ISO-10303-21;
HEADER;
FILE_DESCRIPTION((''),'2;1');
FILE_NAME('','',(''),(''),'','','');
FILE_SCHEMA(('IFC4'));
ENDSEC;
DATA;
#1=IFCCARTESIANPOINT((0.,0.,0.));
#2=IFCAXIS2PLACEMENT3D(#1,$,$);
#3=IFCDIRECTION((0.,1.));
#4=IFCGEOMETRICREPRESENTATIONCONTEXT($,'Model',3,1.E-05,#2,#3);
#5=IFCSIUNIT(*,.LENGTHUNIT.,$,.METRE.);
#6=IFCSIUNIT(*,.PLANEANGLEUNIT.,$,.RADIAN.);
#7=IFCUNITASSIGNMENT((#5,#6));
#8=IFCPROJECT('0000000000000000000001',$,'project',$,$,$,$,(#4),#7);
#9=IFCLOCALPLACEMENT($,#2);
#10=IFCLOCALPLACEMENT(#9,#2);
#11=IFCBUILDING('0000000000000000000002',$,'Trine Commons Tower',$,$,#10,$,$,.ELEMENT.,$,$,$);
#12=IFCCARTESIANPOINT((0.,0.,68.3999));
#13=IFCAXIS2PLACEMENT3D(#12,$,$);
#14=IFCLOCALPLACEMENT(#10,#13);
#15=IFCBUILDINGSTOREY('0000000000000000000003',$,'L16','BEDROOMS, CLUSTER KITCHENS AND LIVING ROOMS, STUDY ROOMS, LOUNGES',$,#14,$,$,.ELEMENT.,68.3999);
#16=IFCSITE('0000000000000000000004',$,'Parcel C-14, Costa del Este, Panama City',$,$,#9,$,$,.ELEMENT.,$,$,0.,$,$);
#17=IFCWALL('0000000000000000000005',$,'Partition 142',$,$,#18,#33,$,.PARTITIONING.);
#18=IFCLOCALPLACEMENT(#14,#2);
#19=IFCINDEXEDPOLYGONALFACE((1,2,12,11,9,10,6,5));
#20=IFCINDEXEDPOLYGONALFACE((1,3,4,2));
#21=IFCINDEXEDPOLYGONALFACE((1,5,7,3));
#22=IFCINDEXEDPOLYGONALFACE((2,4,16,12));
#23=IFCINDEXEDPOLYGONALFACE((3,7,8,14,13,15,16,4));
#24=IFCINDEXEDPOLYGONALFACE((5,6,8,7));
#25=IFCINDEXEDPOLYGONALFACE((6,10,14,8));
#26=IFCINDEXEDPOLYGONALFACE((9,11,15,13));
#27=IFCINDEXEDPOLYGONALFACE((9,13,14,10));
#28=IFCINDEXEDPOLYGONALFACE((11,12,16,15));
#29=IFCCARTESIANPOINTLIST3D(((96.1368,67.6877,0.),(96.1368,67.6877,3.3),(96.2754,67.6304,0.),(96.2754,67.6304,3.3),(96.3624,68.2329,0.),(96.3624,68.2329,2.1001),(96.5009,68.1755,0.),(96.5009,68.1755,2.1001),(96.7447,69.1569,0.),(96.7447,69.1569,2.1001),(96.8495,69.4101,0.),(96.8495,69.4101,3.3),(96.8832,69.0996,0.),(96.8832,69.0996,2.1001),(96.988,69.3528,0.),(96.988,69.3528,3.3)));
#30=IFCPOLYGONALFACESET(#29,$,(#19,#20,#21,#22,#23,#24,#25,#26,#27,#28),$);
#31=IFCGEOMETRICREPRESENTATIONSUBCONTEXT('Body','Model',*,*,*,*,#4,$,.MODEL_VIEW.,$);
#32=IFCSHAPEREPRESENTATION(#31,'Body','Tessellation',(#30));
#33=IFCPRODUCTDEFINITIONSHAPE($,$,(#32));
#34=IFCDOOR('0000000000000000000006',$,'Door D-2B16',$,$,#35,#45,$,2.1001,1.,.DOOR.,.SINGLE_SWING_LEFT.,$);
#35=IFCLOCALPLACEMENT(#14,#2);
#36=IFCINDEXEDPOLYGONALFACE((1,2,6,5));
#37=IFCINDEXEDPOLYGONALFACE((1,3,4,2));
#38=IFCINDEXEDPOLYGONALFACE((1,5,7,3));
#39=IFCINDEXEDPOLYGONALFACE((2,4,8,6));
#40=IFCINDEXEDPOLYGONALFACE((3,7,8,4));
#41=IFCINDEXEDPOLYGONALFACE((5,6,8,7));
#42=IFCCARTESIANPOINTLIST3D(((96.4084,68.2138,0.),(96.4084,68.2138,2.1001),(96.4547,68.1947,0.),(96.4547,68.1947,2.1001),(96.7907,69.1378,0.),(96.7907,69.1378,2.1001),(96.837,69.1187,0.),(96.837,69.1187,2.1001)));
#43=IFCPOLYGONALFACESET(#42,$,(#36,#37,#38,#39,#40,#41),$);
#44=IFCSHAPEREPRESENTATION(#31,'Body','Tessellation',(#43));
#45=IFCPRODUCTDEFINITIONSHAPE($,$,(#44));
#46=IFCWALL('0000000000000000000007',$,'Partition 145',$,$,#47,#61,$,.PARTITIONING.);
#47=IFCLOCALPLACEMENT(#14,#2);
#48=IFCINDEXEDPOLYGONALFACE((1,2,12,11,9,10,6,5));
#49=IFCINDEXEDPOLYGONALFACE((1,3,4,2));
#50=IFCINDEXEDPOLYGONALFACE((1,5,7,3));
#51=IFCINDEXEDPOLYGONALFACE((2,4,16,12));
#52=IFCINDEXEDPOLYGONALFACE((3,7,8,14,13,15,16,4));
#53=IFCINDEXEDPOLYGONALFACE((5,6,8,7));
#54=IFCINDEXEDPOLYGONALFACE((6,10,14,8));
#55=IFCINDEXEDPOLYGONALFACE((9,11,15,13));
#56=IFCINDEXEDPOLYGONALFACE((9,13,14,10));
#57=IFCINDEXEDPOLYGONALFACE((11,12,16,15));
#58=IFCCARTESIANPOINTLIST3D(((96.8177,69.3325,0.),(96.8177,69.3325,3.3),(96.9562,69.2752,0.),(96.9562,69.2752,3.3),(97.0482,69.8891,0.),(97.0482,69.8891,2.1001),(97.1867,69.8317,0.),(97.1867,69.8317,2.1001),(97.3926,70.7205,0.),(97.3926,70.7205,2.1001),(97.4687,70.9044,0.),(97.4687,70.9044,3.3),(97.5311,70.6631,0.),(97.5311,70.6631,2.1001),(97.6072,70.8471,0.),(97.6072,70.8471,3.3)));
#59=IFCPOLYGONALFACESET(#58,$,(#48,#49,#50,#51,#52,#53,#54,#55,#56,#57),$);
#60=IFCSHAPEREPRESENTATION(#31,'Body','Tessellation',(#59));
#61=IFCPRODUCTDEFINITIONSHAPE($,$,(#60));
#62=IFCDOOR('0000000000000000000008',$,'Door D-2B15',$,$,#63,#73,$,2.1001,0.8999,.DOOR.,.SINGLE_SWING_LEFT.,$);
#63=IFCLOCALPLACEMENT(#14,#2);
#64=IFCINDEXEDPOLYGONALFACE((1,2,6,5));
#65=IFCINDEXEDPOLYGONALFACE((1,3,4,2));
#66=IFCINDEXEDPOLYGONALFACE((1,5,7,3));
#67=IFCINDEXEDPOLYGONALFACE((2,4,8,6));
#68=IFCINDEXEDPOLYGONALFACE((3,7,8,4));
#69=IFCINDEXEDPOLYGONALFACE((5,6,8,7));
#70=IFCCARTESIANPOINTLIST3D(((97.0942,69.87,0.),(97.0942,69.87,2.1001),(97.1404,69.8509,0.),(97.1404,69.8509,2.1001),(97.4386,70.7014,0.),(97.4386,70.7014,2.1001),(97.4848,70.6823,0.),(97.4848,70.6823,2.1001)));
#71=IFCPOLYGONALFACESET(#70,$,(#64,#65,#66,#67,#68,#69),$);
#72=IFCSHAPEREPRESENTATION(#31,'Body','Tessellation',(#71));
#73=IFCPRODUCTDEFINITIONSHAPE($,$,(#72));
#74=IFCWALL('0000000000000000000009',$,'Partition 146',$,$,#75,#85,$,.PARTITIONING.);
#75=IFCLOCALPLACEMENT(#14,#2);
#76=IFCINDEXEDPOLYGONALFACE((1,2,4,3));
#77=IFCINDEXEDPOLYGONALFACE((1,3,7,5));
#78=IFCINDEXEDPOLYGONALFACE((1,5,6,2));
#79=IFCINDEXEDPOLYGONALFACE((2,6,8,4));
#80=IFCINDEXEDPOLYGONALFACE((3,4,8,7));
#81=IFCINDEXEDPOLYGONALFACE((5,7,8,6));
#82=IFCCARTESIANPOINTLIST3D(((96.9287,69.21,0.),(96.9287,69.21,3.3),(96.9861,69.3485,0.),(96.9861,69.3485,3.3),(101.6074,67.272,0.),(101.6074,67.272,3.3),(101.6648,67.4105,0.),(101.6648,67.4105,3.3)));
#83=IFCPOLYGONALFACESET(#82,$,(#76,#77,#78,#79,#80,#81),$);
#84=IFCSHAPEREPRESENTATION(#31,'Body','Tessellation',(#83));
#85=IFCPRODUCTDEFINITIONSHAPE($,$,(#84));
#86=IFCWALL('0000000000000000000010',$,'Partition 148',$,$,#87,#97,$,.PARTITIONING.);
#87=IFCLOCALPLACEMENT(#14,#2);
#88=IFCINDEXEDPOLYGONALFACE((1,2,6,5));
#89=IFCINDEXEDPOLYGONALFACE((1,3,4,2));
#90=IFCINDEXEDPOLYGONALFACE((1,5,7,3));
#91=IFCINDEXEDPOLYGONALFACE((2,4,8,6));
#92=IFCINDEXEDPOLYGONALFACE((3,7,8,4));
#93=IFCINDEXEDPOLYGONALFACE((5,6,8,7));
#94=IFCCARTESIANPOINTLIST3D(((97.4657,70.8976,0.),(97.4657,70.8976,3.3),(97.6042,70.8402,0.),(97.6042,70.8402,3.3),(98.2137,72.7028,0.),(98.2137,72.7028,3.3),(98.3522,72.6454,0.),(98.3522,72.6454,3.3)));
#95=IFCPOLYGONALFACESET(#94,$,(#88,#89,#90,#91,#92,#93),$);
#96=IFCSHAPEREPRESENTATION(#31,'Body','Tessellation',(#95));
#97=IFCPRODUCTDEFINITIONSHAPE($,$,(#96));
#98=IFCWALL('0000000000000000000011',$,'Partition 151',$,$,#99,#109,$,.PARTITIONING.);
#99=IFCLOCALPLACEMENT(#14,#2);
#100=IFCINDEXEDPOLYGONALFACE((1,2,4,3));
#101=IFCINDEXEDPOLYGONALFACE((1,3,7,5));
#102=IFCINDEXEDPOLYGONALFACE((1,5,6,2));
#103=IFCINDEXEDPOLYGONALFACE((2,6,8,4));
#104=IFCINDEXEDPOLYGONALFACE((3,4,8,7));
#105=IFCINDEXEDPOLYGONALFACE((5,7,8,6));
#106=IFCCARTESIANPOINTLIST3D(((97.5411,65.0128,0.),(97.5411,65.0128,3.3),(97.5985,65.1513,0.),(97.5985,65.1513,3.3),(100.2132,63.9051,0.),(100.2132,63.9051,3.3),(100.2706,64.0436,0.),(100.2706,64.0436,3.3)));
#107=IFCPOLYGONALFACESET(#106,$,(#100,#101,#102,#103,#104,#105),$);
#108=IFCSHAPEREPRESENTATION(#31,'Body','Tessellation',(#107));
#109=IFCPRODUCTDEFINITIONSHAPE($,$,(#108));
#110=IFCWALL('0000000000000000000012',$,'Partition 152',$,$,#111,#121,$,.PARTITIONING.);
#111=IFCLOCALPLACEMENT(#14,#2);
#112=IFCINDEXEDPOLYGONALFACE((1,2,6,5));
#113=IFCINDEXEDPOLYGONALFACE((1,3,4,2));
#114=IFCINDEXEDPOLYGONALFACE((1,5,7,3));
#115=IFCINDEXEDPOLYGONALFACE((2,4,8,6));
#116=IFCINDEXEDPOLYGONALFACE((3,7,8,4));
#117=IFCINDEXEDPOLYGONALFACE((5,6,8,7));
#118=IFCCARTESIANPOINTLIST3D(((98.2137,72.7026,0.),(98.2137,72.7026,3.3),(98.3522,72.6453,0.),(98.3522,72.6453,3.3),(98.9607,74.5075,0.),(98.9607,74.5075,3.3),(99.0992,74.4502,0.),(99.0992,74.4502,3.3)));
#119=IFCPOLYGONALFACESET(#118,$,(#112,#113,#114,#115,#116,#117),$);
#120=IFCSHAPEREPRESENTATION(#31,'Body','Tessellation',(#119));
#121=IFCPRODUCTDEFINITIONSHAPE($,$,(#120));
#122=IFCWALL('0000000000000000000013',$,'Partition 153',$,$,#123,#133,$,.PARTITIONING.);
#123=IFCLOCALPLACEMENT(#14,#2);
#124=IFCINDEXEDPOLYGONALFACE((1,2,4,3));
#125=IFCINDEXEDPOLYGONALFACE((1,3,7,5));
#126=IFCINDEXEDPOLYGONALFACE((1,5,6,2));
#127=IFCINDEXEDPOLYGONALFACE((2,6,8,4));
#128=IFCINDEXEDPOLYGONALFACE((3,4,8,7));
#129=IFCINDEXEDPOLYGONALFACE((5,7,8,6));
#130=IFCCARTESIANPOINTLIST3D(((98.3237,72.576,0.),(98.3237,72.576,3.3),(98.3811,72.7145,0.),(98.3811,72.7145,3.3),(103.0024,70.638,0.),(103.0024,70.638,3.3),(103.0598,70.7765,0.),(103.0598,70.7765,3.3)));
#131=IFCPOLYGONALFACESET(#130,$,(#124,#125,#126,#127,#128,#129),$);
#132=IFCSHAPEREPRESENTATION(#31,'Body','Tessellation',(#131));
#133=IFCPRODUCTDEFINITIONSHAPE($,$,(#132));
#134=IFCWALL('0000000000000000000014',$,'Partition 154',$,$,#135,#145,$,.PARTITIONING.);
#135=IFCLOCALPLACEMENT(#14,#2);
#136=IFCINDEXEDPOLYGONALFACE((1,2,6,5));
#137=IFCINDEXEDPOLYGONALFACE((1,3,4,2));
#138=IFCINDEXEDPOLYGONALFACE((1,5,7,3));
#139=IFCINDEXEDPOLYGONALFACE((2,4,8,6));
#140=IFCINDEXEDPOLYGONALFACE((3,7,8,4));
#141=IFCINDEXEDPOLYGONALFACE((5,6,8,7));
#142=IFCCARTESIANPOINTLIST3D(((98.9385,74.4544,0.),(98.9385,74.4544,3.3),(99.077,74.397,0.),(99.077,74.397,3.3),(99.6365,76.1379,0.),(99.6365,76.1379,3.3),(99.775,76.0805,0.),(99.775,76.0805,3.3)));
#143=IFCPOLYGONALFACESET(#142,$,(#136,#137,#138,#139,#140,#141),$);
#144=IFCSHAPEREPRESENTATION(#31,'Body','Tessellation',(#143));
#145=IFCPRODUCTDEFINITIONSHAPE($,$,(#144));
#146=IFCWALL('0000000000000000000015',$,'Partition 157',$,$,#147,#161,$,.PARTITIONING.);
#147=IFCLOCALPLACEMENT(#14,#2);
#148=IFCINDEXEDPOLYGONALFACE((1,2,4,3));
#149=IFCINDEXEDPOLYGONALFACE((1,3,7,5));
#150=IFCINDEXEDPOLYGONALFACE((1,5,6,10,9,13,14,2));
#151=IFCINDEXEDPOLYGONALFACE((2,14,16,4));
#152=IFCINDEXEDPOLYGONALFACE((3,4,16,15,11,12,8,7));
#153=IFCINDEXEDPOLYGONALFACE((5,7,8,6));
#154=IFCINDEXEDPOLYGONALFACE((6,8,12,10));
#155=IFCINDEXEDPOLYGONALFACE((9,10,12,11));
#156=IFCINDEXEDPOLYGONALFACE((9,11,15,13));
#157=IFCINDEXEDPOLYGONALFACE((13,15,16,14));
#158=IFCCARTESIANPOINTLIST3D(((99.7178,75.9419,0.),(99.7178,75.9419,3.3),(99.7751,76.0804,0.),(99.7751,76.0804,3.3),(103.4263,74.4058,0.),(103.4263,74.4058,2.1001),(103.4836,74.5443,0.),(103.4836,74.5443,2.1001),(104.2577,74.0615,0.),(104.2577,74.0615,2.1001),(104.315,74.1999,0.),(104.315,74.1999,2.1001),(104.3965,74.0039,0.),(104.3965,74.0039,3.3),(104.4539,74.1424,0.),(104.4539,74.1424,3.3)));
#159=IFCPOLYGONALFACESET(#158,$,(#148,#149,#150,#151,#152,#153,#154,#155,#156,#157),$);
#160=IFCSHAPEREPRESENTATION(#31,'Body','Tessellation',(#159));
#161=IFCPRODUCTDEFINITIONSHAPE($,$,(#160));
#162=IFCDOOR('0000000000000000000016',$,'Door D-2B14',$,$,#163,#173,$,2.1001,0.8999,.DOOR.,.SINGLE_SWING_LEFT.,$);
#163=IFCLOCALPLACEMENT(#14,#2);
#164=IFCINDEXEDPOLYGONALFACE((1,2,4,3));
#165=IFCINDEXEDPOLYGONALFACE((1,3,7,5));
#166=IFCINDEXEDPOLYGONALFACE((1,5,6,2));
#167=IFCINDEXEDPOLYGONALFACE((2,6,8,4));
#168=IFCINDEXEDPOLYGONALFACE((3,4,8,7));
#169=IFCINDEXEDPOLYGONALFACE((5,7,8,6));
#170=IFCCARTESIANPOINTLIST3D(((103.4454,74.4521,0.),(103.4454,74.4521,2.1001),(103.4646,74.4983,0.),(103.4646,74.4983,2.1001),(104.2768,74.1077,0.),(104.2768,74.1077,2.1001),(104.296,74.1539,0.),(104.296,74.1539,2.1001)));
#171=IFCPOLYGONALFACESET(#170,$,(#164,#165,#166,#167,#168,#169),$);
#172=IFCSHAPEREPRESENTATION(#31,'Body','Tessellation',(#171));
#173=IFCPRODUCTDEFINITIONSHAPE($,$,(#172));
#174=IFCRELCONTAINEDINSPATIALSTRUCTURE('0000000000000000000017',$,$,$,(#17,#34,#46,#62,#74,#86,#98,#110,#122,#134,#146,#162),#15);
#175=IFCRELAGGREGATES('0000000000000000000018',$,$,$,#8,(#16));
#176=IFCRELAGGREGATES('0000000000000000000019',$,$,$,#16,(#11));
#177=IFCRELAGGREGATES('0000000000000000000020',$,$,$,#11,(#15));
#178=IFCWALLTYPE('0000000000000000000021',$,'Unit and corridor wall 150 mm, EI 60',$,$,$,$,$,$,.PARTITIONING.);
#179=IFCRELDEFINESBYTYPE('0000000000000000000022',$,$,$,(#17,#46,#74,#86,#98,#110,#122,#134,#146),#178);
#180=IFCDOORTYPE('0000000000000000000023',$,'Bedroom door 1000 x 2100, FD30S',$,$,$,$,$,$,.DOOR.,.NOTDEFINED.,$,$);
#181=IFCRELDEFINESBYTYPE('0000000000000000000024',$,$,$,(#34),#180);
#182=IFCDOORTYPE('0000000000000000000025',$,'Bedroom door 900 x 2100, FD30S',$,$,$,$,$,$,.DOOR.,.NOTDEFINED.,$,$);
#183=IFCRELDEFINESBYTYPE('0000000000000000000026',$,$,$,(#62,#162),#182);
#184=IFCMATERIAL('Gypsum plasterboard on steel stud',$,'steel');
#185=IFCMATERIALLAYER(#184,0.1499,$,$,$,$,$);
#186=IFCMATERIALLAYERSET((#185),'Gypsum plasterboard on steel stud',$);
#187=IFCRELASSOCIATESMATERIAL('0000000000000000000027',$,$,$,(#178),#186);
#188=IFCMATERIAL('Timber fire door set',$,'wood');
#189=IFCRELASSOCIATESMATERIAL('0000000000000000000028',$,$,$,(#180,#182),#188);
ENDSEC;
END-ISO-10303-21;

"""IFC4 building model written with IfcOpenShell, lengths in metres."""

from ifc_helpers import new_model, si_unit, direction, frame, frame_2d, origin, place, context, subcontext, project, spatial, rectangle, extrude, material, layer, layer_set, type_object, element, fill, save


model = new_model("IFC4")

# Units and contexts
model_context = context("Model", 3, precision=1e-05, world=origin(), true_north=direction((0.0, 1.0)))
body_context = subcontext(model_context, "Body", "Model", "MODEL_VIEW")
ifc_project = project(units=[si_unit("LENGTHUNIT", "METRE"), si_unit("PLANEANGLEUNIT", "RADIAN")], contexts=[model_context])

# Site, building, storey
site_placement = place(None, origin())
site = spatial("IfcSite", under=ifc_project, at=site_placement, Name="Parcel C-14, Costa del Este, Panama City", CompositionType="ELEMENT", RefElevation=0.0)
building_placement = place(site_placement, origin())
building = spatial("IfcBuilding", under=site, at=building_placement, Name="Trine Commons Tower", CompositionType="ELEMENT")
storey_placement = place(building_placement, frame((0.0, 0.0, 68.3999)))
storey = spatial("IfcBuildingStorey", under=building, at=storey_placement, Name="L16", Description="BEDROOMS, CLUSTER KITCHENS AND LIVING ROOMS, STUDY ROOMS, LOUNGES", CompositionType="ELEMENT", Elevation=68.3999)

# Shared definitions
ifc_material_1 = material(Name="Gypsum plasterboard on steel stud", Category="steel")
ifc_layer_1 = layer(ifc_material_1, 0.1499)
ifc_layer_set_1 = layer_set([ifc_layer_1], Name="Gypsum plasterboard on steel stud")
wall_type_1 = type_object("IfcWallType", Name="Unit and corridor wall 150 mm, EI 60", PredefinedType="PARTITIONING", material=ifc_layer_set_1)

# Walls, openings, doors
wall_1_placement = place(storey_placement, frame((96.2061, 67.6589, 0.0), z_axis=(0.0, 0.0, 1.0), x_axis=(0.382317, 0.924031, 0.0)))
wall_1 = element("IfcWall", 1, at=wall_1_placement, inside=storey, type_object=wall_type_1, Name="Partition 142", PredefinedType="PARTITIONING", context=body_context, shape_type="SweptSolid", body=[
    extrude(rectangle(XDim=1.864, YDim=0.1499, at=frame_2d((0.9321, 0.0))), origin(), (0.0, 0.0, 1.0), 3.3),
])
opening_1_placement = place(wall_1_placement, frame((0.5901, 0.0, 0.0)))
opening_1 = element("IfcOpeningElement", 2, at=opening_1_placement, cuts=wall_1, PredefinedType="OPENING", context=body_context, shape_type="SweptSolid", body=[
    extrude(rectangle(XDim=1.0, YDim=2.1001, at=frame_2d((0.5, 1.05))), frame((0.0, 0.085, 0.0), z_axis=(0.0, -1.0, 0.0), x_axis=(1.0, 0.0, 0.0)), (0.0, 0.0, 1.0), 0.1699),
])
ifc_material_2 = material(Name="Timber fire door set", Category="wood")
door_type_1 = type_object("IfcDoorType", Name="Bedroom door 1000 x 2100, FD30S", OperationType="NOTDEFINED", PredefinedType="DOOR", material=ifc_material_2)
door_1_placement = place(opening_1_placement, frame((1.0, 0.0, 0.0), z_axis=(0.0, 0.0, 1.0), x_axis=(-1.0, 0.0, 0.0)))
door_1 = element("IfcDoor", 3, at=door_1_placement, inside=storey, type_object=door_type_1, Name="Door D-2B16", OperationType="SINGLE_SWING_LEFT", OverallHeight=2.1001, OverallWidth=1.0, PredefinedType="DOOR", context=body_context, shape_type="SweptSolid", body=[
    extrude(rectangle(XDim=1.0, YDim=2.1001, at=frame_2d((0.5, 1.05))), frame((0.0, 0.0249, 0.0), z_axis=(0.0, -1.0, 0.0), x_axis=(1.0, 0.0, 0.0)), (0.0, 0.0, 1.0), 0.05),
])
fill(opening_1, door_1)
wall_2_placement = place(storey_placement, frame((96.887, 69.304, 0.0), z_axis=(0.0, 0.0, 1.0), x_axis=(0.382669, 0.923886, 0.0)))
wall_2 = element("IfcWall", 4, at=wall_2_placement, inside=storey, type_object=wall_type_1, Name="Partition 145", PredefinedType="PARTITIONING", context=body_context, shape_type="SweptSolid", body=[
    extrude(rectangle(XDim=1.7014, YDim=0.1499, at=frame_2d((0.8506, 0.0))), origin(), (0.0, 0.0, 1.0), 3.3),
])
opening_2_placement = place(wall_2_placement, frame((0.6023, 0.0, 0.0)))
opening_2 = element("IfcOpeningElement", 5, at=opening_2_placement, cuts=wall_2, PredefinedType="OPENING", context=body_context, shape_type="SweptSolid", body=[
    extrude(rectangle(XDim=0.8999, YDim=2.1001, at=frame_2d((0.45, 1.05))), frame((0.0, 0.085, 0.0), z_axis=(0.0, -1.0, 0.0), x_axis=(1.0, 0.0, 0.0)), (0.0, 0.0, 1.0), 0.1699),
])
door_type_2 = type_object("IfcDoorType", Name="Bedroom door 900 x 2100, FD30S", OperationType="NOTDEFINED", PredefinedType="DOOR", material=ifc_material_2)
door_2_placement = place(opening_2_placement, frame((0.8999, 0.0, 0.0), z_axis=(0.0, 0.0, 1.0), x_axis=(-1.0, 0.0, 0.0)))
door_2 = element("IfcDoor", 6, at=door_2_placement, inside=storey, type_object=door_type_2, Name="Door D-2B15", OperationType="SINGLE_SWING_LEFT", OverallHeight=2.1001, OverallWidth=0.8999, PredefinedType="DOOR", context=body_context, shape_type="SweptSolid", body=[
    extrude(rectangle(XDim=0.8999, YDim=2.1001, at=frame_2d((0.45, 1.05))), frame((0.0, 0.0249, 0.0), z_axis=(0.0, -1.0, 0.0), x_axis=(1.0, 0.0, 0.0)), (0.0, 0.0, 1.0), 0.05),
])
fill(opening_2, door_2)

# Walls
wall_3_placement = place(storey_placement, frame((96.9573, 69.2793, 0.0), z_axis=(0.0, 0.0, 1.0), x_axis=(0.923879, -0.382684, 0.0)))
element("IfcWall", 7, at=wall_3_placement, inside=storey, type_object=wall_type_1, Name="Partition 146", PredefinedType="PARTITIONING", context=body_context, shape_type="SweptSolid", body=[
    extrude(rectangle(XDim=5.0642, YDim=0.1499, at=frame_2d((2.5322, 0.0))), origin(), (0.0, 0.0, 1.0), 3.3),
])
wall_4_placement = place(storey_placement, frame((97.5349, 70.8689, 0.0), z_axis=(0.0, 0.0, 1.0), x_axis=(0.382823, 0.923822, 0.0)))
element("IfcWall", 8, at=wall_4_placement, inside=storey, type_object=wall_type_1, Name="Partition 148", PredefinedType="PARTITIONING", context=body_context, shape_type="SweptSolid", body=[
    extrude(rectangle(XDim=1.9541, YDim=0.1499, at=frame_2d((0.9771, 0.0))), origin(), (0.0, 0.0, 1.0), 3.3),
])
wall_5_placement = place(storey_placement, frame((97.5698, 65.082, 0.0), z_axis=(0.0, 0.0, 1.0), x_axis=(0.923777, -0.382931, 0.0)))
element("IfcWall", 9, at=wall_5_placement, inside=storey, type_object=wall_type_1, Name="Partition 151", PredefinedType="PARTITIONING", context=body_context, shape_type="SweptSolid", body=[
    extrude(rectangle(XDim=2.8926, YDim=0.1499, at=frame_2d((1.4463, 0.0))), origin(), (0.0, 0.0, 1.0), 3.3),
])
wall_6_placement = place(storey_placement, frame((98.283, 72.6741, 0.0), z_axis=(0.0, 0.0, 1.0), x_axis=(0.38244, 0.92398, 0.0)))
element("IfcWall", 10, at=wall_6_placement, inside=storey, type_object=wall_type_1, Name="Partition 152", PredefinedType="PARTITIONING", context=body_context, shape_type="SweptSolid", body=[
    extrude(rectangle(XDim=1.9534, YDim=0.1499, at=frame_2d((0.9766, 0.0))), origin(), (0.0, 0.0, 1.0), 3.3),
])
wall_7_placement = place(storey_placement, frame((98.3523, 72.6453, 0.0), z_axis=(0.0, 0.0, 1.0), x_axis=(0.923879, -0.382684, 0.0)))
element("IfcWall", 11, at=wall_7_placement, inside=storey, type_object=wall_type_1, Name="Partition 153", PredefinedType="PARTITIONING", context=body_context, shape_type="SweptSolid", body=[
    extrude(rectangle(XDim=5.0642, YDim=0.1499, at=frame_2d((2.5322, 0.0))), origin(), (0.0, 0.0, 1.0), 3.3),
])
wall_8_placement = place(storey_placement, frame((99.0078, 74.4258, 0.0), z_axis=(0.0, 0.0, 1.0), x_axis=(0.382979, 0.923757, 0.0)))
element("IfcWall", 12, at=wall_8_placement, inside=storey, type_object=wall_type_1, Name="Partition 154", PredefinedType="PARTITIONING", context=body_context, shape_type="SweptSolid", body=[
    extrude(rectangle(XDim=1.8225, YDim=0.1499, at=frame_2d((0.9111, 0.0))), origin(), (0.0, 0.0, 1.0), 3.3),
])

# Wall, opening, door
wall_9_placement = place(storey_placement, frame((99.7463, 76.0112, 0.0), z_axis=(0.0, 0.0, 1.0), x_axis=(0.923879, -0.382684, 0.0)))
wall_9 = element("IfcWall", 13, at=wall_9_placement, inside=storey, type_object=wall_type_1, Name="Partition 157", PredefinedType="PARTITIONING", context=body_context, shape_type="SweptSolid", body=[
    extrude(rectangle(XDim=5.0642, YDim=0.1499, at=frame_2d((2.5322, 0.0))), origin(), (0.0, 0.0, 1.0), 3.3),
])
opening_3_placement = place(wall_9_placement, frame((4.0142, 0.0, 0.0)))
opening_3 = element("IfcOpeningElement", 14, at=opening_3_placement, cuts=wall_9, PredefinedType="OPENING", context=body_context, shape_type="SweptSolid", body=[
    extrude(rectangle(XDim=0.8999, YDim=2.1001, at=frame_2d((0.45, 1.05))), frame((0.0, 0.085, 0.0), z_axis=(0.0, -1.0, 0.0), x_axis=(1.0, 0.0, 0.0)), (0.0, 0.0, 1.0), 0.1699),
])
door_3_placement = place(opening_3_placement, frame((0.8999, 0.0, 0.0), z_axis=(0.0, 0.0, 1.0), x_axis=(-1.0, 0.0, 0.0)))
door_3 = element("IfcDoor", 15, at=door_3_placement, inside=storey, type_object=door_type_2, Name="Door D-2B14", OperationType="SINGLE_SWING_LEFT", OverallHeight=2.1001, OverallWidth=0.8999, PredefinedType="DOOR", context=body_context, shape_type="SweptSolid", body=[
    extrude(rectangle(XDim=0.8999, YDim=2.1001, at=frame_2d((0.45, 1.05))), frame((0.0, 0.0249, 0.0), z_axis=(0.0, -1.0, 0.0), x_axis=(1.0, 0.0, 0.0)), (0.0, 0.0, 1.0), 0.05),
])
fill(opening_3, door_3)

save(model, "model.ifc")
